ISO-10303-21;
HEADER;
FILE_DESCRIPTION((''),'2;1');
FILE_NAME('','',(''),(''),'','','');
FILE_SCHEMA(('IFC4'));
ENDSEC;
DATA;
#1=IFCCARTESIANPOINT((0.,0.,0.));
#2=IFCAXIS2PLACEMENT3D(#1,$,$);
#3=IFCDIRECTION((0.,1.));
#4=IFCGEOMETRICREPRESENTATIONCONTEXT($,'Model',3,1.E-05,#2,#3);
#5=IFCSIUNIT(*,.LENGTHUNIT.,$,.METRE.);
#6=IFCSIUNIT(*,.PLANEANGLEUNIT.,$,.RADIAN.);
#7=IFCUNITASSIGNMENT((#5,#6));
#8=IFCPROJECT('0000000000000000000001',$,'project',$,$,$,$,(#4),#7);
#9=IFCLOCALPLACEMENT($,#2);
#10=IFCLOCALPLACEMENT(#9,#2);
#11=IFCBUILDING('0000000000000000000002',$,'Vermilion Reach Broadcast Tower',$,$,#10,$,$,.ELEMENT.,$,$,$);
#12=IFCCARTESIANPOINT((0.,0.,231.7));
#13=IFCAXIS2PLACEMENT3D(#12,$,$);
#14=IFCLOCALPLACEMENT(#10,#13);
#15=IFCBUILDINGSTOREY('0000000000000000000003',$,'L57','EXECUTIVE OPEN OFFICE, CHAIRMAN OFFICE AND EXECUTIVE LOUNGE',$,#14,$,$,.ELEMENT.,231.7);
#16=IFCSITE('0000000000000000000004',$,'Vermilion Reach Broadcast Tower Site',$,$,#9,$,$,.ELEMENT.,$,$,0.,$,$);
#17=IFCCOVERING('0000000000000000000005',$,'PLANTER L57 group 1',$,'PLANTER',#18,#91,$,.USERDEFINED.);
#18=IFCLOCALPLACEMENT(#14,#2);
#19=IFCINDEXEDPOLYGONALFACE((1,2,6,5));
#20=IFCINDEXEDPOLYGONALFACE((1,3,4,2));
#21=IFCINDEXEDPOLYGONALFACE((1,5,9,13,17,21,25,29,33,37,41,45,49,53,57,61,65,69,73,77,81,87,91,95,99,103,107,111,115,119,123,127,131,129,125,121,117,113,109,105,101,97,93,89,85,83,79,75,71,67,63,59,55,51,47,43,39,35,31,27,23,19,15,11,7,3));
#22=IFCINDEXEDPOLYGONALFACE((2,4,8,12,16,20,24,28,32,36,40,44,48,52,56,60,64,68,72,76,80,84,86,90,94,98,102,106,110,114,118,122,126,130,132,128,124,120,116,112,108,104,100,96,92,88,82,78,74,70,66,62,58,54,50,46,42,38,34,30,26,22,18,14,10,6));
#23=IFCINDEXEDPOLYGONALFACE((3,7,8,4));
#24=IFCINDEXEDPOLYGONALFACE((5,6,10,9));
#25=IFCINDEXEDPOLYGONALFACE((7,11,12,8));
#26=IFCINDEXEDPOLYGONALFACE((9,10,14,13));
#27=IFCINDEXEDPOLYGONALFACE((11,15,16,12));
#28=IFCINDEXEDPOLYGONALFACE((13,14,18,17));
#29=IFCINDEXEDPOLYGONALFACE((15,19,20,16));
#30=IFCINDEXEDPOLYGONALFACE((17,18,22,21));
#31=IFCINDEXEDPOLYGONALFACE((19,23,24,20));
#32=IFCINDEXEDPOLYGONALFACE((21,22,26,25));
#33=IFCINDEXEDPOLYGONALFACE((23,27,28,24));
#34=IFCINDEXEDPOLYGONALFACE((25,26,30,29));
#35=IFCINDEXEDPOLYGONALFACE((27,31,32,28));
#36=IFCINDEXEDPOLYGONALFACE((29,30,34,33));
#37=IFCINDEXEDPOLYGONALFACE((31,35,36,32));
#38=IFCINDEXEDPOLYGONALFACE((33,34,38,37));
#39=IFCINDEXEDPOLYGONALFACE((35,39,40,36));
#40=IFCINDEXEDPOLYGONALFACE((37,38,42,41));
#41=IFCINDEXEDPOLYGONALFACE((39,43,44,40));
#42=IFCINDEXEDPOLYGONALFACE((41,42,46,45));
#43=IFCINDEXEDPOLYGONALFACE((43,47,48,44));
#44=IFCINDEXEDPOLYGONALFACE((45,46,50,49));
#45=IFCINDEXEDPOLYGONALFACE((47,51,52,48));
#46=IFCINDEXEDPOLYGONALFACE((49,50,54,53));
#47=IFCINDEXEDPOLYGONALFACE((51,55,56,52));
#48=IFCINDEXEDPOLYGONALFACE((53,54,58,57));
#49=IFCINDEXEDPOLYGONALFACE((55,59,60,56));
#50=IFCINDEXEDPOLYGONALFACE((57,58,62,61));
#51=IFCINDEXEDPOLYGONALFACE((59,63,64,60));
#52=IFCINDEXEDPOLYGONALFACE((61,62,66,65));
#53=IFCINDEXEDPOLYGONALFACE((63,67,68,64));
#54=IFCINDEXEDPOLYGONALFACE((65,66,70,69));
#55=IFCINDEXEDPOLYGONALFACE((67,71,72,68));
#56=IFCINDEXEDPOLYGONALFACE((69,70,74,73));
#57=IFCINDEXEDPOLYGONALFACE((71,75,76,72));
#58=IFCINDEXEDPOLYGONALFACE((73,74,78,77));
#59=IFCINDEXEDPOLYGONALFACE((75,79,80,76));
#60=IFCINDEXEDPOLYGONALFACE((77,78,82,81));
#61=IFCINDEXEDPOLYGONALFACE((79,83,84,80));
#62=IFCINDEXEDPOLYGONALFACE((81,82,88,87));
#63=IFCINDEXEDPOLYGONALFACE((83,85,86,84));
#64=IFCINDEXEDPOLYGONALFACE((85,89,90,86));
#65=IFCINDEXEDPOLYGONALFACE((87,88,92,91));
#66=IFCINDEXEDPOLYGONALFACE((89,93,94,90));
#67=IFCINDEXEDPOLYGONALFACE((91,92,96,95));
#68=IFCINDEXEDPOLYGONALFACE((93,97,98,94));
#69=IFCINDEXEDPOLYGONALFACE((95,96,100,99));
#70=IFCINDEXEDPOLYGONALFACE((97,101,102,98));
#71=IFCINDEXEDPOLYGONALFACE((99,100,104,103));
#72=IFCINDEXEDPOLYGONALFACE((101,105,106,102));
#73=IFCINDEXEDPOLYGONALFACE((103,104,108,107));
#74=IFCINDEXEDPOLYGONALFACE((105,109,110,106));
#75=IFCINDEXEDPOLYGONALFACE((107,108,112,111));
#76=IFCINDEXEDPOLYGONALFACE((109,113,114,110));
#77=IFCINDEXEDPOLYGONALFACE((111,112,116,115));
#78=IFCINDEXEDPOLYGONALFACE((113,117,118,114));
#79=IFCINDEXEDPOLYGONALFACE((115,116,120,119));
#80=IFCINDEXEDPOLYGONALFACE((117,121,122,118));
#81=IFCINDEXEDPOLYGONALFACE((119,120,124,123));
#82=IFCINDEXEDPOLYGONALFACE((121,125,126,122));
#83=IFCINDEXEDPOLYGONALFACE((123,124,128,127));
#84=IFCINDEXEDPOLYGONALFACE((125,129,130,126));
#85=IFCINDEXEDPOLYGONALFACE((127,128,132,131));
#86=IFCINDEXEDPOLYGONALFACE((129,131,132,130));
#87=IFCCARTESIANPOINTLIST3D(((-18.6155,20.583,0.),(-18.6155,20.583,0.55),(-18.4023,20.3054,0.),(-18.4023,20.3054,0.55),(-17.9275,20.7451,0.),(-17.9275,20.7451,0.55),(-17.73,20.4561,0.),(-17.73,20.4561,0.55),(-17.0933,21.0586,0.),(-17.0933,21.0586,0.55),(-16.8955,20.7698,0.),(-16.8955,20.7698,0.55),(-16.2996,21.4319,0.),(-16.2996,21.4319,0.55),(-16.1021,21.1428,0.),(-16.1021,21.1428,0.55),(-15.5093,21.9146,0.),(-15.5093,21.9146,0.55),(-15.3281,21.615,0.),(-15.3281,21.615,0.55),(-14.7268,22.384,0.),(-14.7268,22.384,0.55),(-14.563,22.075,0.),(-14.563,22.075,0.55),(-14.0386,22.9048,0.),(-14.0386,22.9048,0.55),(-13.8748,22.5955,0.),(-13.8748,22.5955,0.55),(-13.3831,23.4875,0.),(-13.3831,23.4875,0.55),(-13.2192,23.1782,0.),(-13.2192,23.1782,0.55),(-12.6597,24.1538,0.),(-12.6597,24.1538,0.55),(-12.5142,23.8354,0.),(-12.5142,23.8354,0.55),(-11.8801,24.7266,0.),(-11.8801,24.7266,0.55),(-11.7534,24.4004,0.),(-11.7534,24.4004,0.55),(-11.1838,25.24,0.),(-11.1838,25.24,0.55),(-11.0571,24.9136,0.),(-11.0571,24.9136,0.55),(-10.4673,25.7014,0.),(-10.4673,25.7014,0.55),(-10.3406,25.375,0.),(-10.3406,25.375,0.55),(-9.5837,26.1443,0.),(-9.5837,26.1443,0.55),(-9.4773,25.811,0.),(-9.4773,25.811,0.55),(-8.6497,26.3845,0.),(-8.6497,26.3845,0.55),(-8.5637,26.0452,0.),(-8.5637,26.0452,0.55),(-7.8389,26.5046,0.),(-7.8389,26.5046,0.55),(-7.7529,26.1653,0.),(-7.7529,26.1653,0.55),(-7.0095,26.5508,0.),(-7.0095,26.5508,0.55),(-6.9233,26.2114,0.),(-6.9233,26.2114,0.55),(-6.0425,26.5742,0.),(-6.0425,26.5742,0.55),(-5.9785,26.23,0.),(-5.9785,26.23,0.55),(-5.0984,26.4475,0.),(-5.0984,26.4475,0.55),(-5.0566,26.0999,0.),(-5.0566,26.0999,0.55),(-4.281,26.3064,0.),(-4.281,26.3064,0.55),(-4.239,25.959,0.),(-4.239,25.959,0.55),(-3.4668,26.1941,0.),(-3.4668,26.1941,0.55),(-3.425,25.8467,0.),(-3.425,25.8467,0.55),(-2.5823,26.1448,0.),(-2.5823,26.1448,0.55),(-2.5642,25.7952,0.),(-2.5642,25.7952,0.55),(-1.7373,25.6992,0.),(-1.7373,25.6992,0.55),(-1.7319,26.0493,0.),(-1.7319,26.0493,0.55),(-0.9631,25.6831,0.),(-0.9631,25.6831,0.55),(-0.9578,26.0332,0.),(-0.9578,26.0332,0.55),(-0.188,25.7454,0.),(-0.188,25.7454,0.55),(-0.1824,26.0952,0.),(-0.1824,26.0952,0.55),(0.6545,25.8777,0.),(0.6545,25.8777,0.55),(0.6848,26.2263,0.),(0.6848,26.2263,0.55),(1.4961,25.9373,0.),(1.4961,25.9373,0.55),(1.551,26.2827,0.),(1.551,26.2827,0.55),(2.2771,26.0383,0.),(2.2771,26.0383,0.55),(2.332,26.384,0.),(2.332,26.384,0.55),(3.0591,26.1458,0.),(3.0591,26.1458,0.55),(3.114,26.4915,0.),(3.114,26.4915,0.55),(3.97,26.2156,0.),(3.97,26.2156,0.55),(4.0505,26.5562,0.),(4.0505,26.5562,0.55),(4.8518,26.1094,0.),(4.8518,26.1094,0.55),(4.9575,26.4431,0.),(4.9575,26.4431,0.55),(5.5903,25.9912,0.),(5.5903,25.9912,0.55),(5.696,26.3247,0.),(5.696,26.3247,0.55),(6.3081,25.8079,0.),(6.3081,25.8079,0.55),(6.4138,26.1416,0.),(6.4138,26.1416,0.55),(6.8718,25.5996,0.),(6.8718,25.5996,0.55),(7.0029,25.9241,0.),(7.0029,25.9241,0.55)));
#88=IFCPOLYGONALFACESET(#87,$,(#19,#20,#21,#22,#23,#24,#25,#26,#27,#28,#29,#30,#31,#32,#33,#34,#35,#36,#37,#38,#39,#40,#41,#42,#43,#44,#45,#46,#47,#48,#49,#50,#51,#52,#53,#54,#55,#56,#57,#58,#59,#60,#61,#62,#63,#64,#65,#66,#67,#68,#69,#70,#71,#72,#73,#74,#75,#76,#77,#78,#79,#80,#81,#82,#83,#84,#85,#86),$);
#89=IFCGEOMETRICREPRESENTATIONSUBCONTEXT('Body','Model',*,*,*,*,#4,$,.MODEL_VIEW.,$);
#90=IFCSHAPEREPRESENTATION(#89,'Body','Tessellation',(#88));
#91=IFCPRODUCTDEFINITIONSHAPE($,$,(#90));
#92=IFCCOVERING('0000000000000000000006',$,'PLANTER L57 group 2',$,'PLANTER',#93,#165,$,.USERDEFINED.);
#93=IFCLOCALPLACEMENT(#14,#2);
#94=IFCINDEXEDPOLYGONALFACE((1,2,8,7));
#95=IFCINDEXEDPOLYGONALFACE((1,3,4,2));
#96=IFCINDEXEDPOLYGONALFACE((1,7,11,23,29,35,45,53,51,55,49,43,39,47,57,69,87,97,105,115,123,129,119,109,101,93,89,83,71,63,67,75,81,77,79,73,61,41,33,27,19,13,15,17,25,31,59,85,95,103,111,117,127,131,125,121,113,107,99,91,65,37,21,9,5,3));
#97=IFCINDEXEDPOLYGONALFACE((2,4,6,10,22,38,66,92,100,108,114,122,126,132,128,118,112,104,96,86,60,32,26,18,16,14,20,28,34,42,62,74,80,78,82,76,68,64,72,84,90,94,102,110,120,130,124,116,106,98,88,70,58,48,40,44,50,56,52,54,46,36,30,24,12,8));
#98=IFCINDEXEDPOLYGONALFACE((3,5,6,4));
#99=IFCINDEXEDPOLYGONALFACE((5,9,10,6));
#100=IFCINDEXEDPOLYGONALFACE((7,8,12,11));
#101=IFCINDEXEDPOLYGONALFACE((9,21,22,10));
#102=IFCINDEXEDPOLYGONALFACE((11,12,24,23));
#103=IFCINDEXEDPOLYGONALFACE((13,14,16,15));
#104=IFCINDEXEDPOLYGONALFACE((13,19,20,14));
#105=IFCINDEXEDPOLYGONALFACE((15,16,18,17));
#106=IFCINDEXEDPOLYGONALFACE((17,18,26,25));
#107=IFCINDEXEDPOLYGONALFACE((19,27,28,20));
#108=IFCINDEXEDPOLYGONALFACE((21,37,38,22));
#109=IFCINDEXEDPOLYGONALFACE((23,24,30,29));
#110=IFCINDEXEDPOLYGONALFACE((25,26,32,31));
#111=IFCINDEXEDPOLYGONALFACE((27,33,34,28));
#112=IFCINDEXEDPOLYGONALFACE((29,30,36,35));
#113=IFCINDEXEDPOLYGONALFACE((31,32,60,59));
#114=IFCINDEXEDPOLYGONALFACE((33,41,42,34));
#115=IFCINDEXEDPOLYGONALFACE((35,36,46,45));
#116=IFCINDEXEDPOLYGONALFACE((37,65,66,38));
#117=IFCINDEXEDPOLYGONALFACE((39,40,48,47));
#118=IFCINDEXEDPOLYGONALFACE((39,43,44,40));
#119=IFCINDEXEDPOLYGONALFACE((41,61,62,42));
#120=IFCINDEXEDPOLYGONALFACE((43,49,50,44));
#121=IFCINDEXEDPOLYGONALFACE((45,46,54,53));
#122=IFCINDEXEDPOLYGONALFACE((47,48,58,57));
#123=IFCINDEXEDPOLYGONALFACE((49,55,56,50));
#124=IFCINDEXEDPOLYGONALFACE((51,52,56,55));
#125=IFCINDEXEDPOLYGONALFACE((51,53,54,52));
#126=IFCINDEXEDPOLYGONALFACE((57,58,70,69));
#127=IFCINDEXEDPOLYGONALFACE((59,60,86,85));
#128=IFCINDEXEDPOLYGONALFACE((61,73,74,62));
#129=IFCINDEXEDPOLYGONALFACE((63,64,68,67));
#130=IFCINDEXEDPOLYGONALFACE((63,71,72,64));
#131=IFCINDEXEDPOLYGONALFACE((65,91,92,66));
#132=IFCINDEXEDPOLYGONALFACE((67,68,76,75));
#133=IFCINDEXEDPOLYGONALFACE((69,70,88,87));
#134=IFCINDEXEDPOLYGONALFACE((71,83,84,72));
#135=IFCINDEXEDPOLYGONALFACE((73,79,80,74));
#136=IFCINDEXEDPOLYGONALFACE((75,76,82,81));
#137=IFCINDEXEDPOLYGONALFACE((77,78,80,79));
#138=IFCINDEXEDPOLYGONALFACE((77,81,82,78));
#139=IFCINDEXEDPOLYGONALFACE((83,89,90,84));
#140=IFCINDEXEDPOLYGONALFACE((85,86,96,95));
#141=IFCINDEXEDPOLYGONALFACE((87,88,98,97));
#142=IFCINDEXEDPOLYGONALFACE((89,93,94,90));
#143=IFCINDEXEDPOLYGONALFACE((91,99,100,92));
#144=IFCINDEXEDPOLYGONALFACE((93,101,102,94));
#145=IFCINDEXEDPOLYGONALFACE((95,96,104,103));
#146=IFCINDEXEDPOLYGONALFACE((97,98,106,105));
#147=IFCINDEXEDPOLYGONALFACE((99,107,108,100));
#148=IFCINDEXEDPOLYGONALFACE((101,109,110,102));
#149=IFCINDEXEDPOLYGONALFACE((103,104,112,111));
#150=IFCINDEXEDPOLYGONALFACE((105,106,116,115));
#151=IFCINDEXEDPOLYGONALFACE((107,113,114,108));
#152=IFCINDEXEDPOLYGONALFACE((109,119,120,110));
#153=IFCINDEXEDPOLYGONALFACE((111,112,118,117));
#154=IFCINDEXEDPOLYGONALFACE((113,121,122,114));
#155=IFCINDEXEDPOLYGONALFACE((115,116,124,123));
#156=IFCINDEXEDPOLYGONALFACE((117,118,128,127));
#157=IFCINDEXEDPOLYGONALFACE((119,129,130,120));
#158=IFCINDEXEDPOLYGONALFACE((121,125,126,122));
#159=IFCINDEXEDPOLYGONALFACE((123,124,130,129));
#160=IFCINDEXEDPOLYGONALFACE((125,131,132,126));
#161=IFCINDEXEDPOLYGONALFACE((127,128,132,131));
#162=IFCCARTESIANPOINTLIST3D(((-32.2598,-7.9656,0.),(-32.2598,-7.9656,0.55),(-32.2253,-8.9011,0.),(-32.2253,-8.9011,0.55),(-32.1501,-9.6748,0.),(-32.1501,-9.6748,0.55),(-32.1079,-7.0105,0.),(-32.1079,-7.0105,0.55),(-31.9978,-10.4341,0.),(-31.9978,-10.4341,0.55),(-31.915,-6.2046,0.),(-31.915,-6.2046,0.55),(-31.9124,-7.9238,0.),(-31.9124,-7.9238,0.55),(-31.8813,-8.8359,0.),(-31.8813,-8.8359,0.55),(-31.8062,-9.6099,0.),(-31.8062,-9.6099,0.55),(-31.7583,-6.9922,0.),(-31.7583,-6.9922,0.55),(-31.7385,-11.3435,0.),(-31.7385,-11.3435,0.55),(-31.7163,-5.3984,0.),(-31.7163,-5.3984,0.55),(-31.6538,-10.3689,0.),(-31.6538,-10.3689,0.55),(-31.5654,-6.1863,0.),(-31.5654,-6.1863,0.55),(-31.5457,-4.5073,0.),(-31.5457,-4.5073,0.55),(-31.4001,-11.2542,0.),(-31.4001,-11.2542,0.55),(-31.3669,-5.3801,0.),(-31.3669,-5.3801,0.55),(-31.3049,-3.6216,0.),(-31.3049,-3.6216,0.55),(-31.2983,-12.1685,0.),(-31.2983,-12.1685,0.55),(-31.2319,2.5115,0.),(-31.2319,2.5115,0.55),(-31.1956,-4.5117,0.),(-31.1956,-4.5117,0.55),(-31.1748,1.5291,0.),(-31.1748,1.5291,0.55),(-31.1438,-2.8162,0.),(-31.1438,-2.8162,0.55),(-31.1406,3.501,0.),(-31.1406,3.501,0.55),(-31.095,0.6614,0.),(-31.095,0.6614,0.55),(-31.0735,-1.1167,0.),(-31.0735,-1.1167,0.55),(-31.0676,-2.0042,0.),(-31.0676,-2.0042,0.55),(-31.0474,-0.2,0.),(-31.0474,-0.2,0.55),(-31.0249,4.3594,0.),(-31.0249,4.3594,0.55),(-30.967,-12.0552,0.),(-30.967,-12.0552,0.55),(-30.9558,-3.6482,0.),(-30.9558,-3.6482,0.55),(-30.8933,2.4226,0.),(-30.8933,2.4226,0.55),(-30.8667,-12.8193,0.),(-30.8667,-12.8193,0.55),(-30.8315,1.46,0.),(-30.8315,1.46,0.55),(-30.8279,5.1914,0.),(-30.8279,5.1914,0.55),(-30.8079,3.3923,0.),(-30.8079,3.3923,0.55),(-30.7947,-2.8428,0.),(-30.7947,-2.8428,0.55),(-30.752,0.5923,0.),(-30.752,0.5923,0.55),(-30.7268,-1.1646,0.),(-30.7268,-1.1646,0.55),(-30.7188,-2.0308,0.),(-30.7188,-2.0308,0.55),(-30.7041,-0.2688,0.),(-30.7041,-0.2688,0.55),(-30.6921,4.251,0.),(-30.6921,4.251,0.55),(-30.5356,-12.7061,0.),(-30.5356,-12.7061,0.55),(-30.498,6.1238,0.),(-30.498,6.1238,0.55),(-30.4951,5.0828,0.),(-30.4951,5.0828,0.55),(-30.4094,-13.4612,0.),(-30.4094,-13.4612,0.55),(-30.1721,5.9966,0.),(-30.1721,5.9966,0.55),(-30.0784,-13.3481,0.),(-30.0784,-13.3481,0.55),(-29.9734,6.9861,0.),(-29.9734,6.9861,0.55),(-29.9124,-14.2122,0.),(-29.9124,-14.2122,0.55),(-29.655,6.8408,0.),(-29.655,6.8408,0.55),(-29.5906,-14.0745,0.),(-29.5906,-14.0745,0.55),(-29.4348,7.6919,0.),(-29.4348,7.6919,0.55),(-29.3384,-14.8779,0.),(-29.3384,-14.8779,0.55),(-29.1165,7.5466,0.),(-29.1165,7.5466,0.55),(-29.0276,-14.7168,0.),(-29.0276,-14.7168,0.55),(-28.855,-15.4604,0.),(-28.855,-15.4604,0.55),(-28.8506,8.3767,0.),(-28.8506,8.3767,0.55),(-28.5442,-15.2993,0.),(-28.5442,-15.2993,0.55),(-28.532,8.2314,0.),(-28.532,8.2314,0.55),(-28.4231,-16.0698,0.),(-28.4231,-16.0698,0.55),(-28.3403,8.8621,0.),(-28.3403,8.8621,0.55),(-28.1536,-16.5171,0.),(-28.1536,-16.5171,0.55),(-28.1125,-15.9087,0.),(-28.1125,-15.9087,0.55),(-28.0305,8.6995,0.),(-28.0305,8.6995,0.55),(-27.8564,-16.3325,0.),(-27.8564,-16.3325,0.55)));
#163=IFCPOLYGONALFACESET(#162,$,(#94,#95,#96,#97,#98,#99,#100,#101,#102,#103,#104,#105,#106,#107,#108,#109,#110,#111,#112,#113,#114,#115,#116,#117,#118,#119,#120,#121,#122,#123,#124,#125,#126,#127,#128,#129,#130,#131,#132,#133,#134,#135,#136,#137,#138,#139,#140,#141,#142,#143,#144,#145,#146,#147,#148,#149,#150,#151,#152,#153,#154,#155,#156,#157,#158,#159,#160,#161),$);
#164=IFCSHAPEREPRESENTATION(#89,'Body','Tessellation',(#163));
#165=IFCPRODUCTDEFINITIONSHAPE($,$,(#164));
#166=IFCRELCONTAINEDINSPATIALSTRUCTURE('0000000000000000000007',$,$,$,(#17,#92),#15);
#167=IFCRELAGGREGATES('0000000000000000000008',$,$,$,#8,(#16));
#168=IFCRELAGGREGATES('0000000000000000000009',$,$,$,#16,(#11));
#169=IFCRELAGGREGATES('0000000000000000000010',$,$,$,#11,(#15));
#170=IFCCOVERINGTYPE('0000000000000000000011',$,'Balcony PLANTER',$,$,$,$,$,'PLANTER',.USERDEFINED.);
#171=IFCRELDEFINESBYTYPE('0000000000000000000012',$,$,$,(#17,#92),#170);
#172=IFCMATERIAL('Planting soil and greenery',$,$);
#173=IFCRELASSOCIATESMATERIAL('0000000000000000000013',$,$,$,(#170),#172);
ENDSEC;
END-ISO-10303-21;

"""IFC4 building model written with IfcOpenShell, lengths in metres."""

from ifc_helpers import new_model, si_unit, direction, frame, origin, place, context, subcontext, project, spatial, polyline, outline, extrude, material, type_object, element, save


model = new_model("IFC4")

# Units and contexts
model_context = context("Model", 3, precision=1e-05, world=origin(), true_north=direction((0.0, 1.0)))
body_context = subcontext(model_context, "Body", "Model", "MODEL_VIEW")
ifc_project = project(units=[si_unit("LENGTHUNIT", "METRE"), si_unit("PLANEANGLEUNIT", "RADIAN")], contexts=[model_context])

# Site, building, storey
site_placement = place(None, origin())
site = spatial("IfcSite", under=ifc_project, at=site_placement, Name="Vermilion Reach Broadcast Tower Site", CompositionType="ELEMENT", RefElevation=0.0)
building_placement = place(site_placement, origin())
building = spatial("IfcBuilding", under=site, at=building_placement, Name="Vermilion Reach Broadcast Tower", CompositionType="ELEMENT")
storey_placement = place(building_placement, frame((0.0, 0.0, 231.7)))
storey = spatial("IfcBuildingStorey", under=building, at=storey_placement, Name="L57", Description="EXECUTIVE OPEN OFFICE, CHAIRMAN OFFICE AND EXECUTIVE LOUNGE", CompositionType="ELEMENT", Elevation=231.7)

# Shared definitions
placement_1 = place(storey_placement, origin())

# Coverings
ifc_material_1 = material(Name="Planting soil and greenery")
covering_type = type_object("IfcCoveringType", Name="Balcony PLANTER", ElementType="PLANTER", PredefinedType="USERDEFINED", material=ifc_material_1)
element("IfcCovering", 1, at=placement_1, inside=storey, type_object=covering_type, Name="PLANTER L57 group 1", ObjectType="PLANTER", PredefinedType="USERDEFINED", context=body_context, shape_type="SweptSolid", body=[
    extrude(outline(polyline([(7.0029, 25.9241), (6.4138, 26.1416), (5.696, 26.3247), (4.9575, 26.4431), (4.0505, 26.5562), (3.114, 26.4915), (2.332, 26.384), (1.551, 26.2827), (0.6848, 26.2263), (-0.1824, 26.0952), (-0.9578, 26.0332), (-1.7319, 26.0493), (-2.5823, 26.1448), (-3.4668, 26.1941), (-4.281, 26.3064), (-5.0984, 26.4475), (-6.0425, 26.5742), (-7.0095, 26.5508), (-7.8389, 26.5046), (-8.6497, 26.3845), (-9.5837, 26.1443), (-10.4673, 25.7014), (-11.1838, 25.24), (-11.8801, 24.7266), (-12.6597, 24.1538), (-13.3831, 23.4875), (-14.0386, 22.9048), (-14.7268, 22.384), (-15.5093, 21.9146), (-16.2996, 21.4319), (-17.0933, 21.0586), (-17.9275, 20.7451), (-18.6155, 20.583), (-18.4023, 20.3054), (-17.73, 20.4561), (-16.8955, 20.7698), (-16.1021, 21.1428), (-15.3281, 21.615), (-14.563, 22.075), (-13.8748, 22.5955), (-13.2192, 23.1782), (-12.5142, 23.8354), (-11.7534, 24.4004), (-11.0571, 24.9136), (-10.3406, 25.375), (-9.4773, 25.811), (-8.5637, 26.0452), (-7.7529, 26.1653), (-6.9233, 26.2114), (-5.9785, 26.23), (-5.0566, 26.0999), (-4.239, 25.959), (-3.425, 25.8467), (-2.5642, 25.7952), (-1.7373, 25.6992), (-0.9631, 25.6831), (-0.188, 25.7454), (0.6545, 25.8777), (1.4961, 25.9373), (2.2771, 26.0383), (3.0591, 26.1458), (3.97, 26.2156), (4.8518, 26.1094), (5.5903, 25.9912), (6.3081, 25.8079), (6.8718, 25.5996), (7.0029, 25.9241)])), origin(), (0.0, 0.0, 1.0), 0.55),
])
element("IfcCovering", 2, at=placement_1, inside=storey, type_object=covering_type, Name="PLANTER L57 group 2", ObjectType="PLANTER", PredefinedType="USERDEFINED", context=body_context, shape_type="SweptSolid", body=[
    extrude(outline(polyline([(-28.3403, 8.8621), (-28.8506, 8.3767), (-29.4348, 7.6919), (-29.9734, 6.9861), (-30.498, 6.1238), (-30.8279, 5.1914), (-31.0249, 4.3594), (-31.1406, 3.501), (-31.2319, 2.5115), (-31.1748, 1.5291), (-31.095, 0.6614), (-31.0474, -0.2), (-31.0735, -1.1167), (-31.0676, -2.0042), (-31.1438, -2.8162), (-31.3049, -3.6216), (-31.5457, -4.5073), (-31.7163, -5.3984), (-31.915, -6.2046), (-32.1079, -7.0105), (-32.2598, -7.9656), (-32.2253, -8.9011), (-32.1501, -9.6748), (-31.9978, -10.4341), (-31.7385, -11.3435), (-31.2983, -12.1685), (-30.8667, -12.8193), (-30.4094, -13.4612), (-29.9124, -14.2122), (-29.3384, -14.8779), (-28.855, -15.4604), (-28.4231, -16.0698), (-28.1536, -16.5171), (-27.8564, -16.3325), (-28.1125, -15.9087), (-28.5442, -15.2993), (-29.0276, -14.7168), (-29.5906, -14.0745), (-30.0784, -13.3481), (-30.5356, -12.7061), (-30.967, -12.0552), (-31.4001, -11.2542), (-31.6538, -10.3689), (-31.8062, -9.6099), (-31.8813, -8.8359), (-31.9124, -7.9238), (-31.7583, -6.9922), (-31.5654, -6.1863), (-31.3669, -5.3801), (-31.1956, -4.5117), (-30.9558, -3.6482), (-30.7947, -2.8428), (-30.7188, -2.0308), (-30.7268, -1.1646), (-30.7041, -0.2688), (-30.752, 0.5923), (-30.8315, 1.46), (-30.8933, 2.4226), (-30.8079, 3.3923), (-30.6921, 4.251), (-30.4951, 5.0828), (-30.1721, 5.9966), (-29.655, 6.8408), (-29.1165, 7.5466), (-28.532, 8.2314), (-28.0305, 8.6995), (-28.3403, 8.8621)])), origin(), (0.0, 0.0, 1.0), 0.55),
])

save(model, "model.ifc")
